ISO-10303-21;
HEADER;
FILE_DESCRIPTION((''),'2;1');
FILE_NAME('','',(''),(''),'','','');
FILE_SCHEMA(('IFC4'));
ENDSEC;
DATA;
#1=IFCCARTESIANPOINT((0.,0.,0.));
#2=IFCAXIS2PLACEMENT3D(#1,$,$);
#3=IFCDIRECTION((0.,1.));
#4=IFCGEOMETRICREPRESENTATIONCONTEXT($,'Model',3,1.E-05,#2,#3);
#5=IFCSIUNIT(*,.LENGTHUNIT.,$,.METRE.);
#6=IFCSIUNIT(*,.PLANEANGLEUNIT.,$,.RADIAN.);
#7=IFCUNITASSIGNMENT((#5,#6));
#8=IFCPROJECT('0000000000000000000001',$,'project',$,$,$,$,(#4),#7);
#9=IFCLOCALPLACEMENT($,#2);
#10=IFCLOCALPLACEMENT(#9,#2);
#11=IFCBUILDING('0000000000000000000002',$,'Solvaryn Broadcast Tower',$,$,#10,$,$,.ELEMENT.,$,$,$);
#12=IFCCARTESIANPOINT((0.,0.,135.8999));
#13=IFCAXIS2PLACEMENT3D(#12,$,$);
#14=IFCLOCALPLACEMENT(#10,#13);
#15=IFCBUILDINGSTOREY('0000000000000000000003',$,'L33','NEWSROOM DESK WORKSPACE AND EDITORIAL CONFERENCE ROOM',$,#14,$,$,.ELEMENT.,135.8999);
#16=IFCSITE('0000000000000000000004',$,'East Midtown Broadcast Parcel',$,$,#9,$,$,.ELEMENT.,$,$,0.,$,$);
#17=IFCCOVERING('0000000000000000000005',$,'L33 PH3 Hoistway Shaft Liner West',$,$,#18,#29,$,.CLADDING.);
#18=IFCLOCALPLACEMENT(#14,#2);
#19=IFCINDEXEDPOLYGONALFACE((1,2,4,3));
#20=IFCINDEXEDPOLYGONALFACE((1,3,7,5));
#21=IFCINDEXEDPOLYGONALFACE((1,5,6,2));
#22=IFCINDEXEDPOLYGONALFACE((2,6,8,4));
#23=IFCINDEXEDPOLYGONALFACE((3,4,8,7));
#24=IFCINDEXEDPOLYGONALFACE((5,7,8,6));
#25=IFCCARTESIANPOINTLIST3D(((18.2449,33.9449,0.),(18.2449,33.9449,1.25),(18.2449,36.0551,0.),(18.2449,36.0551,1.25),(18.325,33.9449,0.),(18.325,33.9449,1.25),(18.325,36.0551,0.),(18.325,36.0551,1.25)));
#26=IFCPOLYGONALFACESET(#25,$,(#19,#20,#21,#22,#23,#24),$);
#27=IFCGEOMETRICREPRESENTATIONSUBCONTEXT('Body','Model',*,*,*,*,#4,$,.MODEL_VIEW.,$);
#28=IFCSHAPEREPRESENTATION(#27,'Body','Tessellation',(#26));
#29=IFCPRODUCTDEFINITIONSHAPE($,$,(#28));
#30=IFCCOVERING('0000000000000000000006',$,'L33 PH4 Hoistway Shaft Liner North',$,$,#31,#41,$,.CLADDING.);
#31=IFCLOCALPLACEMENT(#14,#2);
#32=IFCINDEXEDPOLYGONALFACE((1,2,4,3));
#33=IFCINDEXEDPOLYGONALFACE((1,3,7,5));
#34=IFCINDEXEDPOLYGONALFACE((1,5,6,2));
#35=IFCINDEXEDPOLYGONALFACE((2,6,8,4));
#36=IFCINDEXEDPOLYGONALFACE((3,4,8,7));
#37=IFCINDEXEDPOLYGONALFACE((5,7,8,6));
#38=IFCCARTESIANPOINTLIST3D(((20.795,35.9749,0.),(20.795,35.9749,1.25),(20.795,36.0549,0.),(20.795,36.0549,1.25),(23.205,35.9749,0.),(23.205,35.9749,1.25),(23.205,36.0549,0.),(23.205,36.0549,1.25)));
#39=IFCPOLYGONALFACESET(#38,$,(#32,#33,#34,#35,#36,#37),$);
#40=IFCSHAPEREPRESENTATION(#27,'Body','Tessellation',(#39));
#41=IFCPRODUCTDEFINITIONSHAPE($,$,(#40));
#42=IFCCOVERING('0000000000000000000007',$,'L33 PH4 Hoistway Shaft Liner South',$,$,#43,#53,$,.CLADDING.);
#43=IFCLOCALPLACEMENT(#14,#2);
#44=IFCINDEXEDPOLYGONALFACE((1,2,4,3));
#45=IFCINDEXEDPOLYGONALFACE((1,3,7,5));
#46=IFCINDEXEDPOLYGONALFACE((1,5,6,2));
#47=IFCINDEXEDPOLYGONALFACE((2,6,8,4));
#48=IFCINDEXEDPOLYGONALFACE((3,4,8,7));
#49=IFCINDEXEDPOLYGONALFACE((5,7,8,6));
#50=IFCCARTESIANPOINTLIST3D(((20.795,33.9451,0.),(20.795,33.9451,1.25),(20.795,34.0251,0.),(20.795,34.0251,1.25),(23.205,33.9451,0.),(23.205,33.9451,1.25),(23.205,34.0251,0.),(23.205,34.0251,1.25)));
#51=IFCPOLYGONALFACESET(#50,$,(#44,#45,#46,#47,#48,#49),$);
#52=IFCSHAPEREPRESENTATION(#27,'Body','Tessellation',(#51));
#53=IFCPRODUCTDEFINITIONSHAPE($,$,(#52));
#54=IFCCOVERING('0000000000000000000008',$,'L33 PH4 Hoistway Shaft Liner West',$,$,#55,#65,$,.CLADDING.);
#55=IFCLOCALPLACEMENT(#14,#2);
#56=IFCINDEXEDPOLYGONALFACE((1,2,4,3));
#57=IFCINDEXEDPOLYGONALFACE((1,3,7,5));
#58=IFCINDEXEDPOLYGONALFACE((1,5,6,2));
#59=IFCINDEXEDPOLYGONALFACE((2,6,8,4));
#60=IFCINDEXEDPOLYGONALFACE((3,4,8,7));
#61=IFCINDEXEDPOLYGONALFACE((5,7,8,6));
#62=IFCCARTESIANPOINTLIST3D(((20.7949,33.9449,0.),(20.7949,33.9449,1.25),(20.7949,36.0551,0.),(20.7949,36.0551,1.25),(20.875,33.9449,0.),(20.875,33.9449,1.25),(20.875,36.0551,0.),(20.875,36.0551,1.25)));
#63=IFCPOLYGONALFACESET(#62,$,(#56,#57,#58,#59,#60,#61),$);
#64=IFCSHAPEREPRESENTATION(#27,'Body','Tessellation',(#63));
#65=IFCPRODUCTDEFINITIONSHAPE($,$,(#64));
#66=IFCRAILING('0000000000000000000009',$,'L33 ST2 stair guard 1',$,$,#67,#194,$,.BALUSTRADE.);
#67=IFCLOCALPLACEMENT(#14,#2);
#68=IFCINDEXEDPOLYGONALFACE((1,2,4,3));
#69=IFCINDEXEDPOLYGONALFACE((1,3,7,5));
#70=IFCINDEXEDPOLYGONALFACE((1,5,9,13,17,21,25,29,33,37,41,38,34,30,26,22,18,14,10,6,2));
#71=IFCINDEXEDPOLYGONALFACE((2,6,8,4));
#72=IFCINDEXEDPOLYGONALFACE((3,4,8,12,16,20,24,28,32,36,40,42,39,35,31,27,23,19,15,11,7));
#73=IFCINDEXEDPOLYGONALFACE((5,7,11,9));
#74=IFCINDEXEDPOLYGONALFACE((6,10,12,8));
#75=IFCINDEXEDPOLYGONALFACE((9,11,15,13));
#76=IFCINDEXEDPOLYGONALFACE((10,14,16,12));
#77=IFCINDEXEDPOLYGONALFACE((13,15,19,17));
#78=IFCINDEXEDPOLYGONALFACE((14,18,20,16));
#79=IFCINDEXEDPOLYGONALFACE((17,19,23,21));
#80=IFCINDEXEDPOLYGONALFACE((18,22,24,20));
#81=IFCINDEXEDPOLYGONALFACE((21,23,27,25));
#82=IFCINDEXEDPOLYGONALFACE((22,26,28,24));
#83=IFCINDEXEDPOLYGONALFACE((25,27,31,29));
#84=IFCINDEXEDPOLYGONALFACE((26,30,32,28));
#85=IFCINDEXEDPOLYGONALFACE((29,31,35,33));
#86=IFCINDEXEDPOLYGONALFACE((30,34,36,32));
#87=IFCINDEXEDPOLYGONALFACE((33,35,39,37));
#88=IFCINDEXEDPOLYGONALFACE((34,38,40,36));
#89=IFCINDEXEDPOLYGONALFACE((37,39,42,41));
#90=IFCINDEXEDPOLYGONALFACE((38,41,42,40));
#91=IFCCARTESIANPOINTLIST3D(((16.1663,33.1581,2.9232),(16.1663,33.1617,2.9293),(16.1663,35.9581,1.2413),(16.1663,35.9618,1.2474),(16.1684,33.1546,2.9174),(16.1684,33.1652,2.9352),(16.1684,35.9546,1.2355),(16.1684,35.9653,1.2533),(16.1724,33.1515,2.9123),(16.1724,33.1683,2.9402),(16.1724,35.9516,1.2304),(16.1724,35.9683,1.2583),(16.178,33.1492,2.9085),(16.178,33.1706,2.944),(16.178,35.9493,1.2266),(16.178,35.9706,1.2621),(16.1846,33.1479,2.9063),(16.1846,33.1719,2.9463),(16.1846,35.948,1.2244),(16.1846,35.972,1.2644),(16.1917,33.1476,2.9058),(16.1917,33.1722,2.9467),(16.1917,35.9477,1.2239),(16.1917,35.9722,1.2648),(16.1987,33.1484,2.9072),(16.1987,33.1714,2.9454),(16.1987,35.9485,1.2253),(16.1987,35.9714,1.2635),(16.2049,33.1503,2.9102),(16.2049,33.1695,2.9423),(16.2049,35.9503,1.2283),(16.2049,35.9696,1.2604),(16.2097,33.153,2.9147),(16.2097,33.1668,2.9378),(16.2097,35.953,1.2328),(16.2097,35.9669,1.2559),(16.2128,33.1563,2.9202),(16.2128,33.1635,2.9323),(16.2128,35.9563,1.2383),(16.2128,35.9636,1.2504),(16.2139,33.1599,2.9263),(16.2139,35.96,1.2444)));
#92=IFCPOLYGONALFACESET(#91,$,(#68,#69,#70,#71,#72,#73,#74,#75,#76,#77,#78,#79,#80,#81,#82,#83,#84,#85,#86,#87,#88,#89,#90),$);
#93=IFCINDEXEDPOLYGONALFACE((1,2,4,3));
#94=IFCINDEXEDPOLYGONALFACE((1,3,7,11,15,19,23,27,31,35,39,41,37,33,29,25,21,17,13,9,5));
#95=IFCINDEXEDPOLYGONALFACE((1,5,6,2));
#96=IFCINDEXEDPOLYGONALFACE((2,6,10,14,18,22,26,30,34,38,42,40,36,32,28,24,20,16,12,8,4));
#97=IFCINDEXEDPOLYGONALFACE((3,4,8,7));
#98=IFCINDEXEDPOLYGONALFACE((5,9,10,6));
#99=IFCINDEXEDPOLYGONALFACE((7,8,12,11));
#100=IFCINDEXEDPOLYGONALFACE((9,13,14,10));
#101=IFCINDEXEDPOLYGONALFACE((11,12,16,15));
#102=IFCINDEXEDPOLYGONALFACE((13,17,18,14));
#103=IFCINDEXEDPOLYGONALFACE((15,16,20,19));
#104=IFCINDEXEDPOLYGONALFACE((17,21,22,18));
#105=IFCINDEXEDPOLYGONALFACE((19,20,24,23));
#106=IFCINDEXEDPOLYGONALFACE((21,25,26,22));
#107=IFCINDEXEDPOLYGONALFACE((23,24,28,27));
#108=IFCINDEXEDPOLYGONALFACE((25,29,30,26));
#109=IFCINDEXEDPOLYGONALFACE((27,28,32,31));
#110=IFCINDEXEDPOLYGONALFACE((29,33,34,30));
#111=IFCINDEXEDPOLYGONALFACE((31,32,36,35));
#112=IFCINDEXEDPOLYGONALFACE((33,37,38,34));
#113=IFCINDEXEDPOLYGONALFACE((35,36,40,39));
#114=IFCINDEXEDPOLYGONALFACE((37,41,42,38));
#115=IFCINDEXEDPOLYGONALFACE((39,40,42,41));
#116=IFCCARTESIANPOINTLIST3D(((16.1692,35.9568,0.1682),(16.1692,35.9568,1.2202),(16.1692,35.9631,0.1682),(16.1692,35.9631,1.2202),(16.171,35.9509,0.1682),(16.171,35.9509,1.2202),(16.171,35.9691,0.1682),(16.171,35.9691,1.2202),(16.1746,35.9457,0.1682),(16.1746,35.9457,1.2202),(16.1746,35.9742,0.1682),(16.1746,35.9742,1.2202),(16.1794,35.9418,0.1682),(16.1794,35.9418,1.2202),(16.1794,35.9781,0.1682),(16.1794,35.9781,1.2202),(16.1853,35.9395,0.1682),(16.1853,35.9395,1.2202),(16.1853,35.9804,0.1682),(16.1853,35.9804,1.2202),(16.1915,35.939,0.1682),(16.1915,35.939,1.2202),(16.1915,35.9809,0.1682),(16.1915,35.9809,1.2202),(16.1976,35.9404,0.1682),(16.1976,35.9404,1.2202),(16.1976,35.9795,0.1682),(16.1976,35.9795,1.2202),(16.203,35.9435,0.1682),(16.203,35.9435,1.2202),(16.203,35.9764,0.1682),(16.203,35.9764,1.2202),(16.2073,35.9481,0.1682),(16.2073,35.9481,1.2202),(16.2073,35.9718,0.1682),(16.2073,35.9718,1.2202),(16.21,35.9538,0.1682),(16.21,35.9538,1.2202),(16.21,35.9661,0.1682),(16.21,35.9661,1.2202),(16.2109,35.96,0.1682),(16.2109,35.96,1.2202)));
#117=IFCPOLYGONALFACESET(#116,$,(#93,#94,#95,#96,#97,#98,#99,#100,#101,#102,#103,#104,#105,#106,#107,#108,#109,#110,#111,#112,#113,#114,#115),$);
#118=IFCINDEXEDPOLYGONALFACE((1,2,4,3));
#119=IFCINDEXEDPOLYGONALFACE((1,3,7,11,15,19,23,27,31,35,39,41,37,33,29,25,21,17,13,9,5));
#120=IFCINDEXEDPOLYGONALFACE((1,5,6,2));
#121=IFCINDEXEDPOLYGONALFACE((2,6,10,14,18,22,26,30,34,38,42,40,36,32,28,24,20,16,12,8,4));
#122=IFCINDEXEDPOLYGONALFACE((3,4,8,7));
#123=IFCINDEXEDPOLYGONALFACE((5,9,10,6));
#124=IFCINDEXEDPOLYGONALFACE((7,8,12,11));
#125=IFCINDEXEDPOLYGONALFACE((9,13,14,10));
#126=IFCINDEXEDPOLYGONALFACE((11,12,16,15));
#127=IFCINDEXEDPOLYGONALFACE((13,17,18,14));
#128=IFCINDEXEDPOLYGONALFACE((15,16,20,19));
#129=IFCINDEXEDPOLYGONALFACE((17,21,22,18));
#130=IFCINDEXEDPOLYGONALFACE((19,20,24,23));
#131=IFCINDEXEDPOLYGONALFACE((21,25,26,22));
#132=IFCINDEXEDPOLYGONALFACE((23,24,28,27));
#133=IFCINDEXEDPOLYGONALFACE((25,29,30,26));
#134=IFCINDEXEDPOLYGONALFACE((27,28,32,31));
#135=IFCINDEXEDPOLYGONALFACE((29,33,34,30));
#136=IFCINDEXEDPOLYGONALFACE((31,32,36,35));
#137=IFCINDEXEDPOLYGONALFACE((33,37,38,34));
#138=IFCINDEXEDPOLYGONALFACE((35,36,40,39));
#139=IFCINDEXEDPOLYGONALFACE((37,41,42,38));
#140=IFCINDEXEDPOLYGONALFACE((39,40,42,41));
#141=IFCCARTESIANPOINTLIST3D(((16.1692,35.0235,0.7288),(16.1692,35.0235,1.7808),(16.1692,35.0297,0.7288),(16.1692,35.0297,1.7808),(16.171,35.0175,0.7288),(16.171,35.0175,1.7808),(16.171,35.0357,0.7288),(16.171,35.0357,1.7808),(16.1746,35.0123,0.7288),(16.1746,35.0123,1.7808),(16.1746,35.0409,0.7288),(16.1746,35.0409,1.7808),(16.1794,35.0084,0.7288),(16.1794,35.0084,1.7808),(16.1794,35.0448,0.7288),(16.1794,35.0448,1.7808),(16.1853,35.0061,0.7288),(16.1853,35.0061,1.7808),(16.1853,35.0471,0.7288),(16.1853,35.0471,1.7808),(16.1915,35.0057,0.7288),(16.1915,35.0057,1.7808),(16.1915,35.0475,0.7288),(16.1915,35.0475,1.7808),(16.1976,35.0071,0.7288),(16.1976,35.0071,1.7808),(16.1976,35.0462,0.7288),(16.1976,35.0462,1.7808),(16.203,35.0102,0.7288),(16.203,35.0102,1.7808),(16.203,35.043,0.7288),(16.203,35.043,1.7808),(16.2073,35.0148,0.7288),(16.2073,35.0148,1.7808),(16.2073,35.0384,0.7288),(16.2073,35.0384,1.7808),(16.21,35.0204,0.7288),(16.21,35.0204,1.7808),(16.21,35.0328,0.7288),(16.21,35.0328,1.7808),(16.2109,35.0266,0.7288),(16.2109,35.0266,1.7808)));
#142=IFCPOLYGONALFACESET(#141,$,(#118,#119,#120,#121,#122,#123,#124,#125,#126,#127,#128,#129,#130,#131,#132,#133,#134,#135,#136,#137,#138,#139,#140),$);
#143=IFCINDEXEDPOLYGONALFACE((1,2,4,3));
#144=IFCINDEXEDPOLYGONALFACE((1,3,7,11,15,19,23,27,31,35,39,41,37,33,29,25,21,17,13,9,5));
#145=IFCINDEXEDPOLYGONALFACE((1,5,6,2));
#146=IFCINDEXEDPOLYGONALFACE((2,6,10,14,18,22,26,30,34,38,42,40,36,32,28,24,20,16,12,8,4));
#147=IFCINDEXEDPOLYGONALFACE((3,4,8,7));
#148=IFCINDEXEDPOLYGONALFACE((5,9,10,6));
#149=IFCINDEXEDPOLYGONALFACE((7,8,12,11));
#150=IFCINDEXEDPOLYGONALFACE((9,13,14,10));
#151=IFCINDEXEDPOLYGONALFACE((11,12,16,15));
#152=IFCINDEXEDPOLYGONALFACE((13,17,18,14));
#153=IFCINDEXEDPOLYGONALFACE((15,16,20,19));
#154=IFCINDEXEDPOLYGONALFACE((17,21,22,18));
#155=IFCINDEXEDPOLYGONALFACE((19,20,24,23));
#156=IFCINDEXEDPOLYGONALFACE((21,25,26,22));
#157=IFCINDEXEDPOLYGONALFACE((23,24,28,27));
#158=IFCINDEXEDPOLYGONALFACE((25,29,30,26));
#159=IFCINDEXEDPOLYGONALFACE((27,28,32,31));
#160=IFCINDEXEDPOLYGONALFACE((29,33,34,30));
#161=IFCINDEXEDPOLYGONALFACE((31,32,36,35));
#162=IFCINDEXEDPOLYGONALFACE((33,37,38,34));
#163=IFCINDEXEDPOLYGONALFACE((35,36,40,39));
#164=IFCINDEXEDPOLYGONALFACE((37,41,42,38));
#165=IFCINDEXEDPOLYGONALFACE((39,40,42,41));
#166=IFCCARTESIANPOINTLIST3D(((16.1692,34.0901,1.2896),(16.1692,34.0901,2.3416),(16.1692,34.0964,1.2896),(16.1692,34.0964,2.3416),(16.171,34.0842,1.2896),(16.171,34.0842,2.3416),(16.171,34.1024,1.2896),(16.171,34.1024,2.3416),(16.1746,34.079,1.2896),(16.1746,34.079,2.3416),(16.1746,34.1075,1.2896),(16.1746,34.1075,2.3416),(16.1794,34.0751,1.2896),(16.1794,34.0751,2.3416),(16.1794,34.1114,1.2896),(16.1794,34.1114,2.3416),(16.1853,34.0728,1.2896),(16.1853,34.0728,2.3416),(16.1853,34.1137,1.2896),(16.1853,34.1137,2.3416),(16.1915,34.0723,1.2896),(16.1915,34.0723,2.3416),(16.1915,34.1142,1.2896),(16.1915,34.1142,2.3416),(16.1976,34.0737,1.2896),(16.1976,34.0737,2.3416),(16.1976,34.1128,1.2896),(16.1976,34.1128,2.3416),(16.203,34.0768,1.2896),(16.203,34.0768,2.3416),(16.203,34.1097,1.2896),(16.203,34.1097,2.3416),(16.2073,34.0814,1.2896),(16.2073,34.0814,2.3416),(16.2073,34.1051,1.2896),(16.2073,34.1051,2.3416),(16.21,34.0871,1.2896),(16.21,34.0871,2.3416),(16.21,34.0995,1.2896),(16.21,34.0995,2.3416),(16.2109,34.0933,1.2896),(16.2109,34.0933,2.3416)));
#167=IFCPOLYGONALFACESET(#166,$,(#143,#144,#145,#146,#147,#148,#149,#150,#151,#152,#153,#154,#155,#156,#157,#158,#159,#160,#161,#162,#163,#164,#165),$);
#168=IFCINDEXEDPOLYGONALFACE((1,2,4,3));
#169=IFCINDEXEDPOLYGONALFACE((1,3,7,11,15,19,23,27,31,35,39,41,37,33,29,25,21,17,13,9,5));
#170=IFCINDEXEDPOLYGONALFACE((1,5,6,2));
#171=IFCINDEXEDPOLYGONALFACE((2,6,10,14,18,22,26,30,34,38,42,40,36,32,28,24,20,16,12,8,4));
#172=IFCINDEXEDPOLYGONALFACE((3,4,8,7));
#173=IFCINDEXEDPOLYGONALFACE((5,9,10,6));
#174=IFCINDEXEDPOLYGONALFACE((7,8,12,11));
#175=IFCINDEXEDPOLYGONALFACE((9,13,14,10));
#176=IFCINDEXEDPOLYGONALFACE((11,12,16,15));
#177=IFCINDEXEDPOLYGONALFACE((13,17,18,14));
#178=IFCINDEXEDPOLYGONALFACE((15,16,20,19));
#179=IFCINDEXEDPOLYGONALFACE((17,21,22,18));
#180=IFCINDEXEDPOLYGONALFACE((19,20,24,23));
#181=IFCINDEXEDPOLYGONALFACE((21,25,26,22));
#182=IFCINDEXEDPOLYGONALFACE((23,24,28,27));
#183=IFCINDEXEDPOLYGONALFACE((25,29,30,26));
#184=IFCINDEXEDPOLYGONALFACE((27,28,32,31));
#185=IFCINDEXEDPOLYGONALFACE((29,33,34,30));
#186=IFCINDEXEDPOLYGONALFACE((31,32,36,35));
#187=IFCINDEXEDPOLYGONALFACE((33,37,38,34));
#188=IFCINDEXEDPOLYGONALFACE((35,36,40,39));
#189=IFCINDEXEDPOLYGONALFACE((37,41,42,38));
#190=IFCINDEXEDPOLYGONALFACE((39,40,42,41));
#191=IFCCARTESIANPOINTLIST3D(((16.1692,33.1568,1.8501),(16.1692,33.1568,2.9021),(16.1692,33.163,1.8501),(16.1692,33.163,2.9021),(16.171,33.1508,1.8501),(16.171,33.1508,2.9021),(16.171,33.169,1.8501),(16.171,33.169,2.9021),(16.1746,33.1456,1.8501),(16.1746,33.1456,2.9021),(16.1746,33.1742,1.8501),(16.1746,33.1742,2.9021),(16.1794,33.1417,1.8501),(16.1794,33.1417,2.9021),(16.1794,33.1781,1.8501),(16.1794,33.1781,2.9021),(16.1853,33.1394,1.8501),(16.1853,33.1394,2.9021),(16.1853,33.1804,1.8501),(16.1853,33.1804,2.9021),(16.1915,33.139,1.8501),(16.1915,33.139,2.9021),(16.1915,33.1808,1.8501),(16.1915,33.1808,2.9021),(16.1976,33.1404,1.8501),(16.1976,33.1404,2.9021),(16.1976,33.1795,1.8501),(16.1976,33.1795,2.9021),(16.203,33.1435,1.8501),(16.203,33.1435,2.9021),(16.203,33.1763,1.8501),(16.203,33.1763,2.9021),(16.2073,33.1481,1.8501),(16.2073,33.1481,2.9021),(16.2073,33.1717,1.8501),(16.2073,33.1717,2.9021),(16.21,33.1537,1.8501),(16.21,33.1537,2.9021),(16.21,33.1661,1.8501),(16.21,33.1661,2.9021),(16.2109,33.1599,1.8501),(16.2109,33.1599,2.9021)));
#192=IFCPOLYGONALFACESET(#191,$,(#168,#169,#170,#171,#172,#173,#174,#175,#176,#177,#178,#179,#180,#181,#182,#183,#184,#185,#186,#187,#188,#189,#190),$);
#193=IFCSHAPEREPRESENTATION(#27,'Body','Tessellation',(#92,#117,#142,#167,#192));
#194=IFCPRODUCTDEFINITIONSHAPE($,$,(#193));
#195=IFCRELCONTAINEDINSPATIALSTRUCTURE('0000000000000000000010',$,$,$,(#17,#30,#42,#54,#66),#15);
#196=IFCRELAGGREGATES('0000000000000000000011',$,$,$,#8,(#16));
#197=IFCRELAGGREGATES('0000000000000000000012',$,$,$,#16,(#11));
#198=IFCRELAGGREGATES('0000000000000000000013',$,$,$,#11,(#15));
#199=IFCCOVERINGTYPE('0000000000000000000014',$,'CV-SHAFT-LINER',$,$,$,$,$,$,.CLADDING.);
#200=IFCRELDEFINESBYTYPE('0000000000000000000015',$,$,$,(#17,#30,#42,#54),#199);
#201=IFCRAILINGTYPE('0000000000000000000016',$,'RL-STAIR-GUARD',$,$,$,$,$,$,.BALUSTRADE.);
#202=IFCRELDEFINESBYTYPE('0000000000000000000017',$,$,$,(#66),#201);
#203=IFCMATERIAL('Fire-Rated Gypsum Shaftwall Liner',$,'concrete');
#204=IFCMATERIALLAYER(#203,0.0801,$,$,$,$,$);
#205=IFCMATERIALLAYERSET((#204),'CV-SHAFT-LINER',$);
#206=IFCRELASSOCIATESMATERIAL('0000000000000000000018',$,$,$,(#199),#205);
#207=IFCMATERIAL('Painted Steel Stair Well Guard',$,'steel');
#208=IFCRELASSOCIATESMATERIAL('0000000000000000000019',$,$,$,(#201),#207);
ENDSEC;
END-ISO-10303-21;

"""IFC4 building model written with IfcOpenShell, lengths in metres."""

from ifc_helpers import new_model, si_unit, direction, frame, origin, origin_2d, place, context, subcontext, project, spatial, rectangle, circle, extrude, material, layer, layer_set, type_object, element, save


model = new_model("IFC4")

# Units and contexts
model_context = context("Model", 3, precision=1e-05, world=origin(), true_north=direction((0.0, 1.0)))
body_context = subcontext(model_context, "Body", "Model", "MODEL_VIEW")
ifc_project = project(units=[si_unit("LENGTHUNIT", "METRE"), si_unit("PLANEANGLEUNIT", "RADIAN")], contexts=[model_context])

# Site, building, storey
site_placement = place(None, origin())
site = spatial("IfcSite", under=ifc_project, at=site_placement, Name="East Midtown Broadcast Parcel", CompositionType="ELEMENT", RefElevation=0.0)
building_placement = place(site_placement, origin())
building = spatial("IfcBuilding", under=site, at=building_placement, Name="Solvaryn Broadcast Tower", CompositionType="ELEMENT")
storey_placement = place(building_placement, frame((0.0, 0.0, 135.8999)))
storey = spatial("IfcBuildingStorey", under=building, at=storey_placement, Name="L33", Description="NEWSROOM DESK WORKSPACE AND EDITORIAL CONFERENCE ROOM", CompositionType="ELEMENT", Elevation=135.8999)

# Coverings
ifc_material_1 = material(Name="Fire-Rated Gypsum Shaftwall Liner", Category="concrete")
ifc_layer_1 = layer(ifc_material_1, 0.0801)
ifc_layer_set_1 = layer_set([ifc_layer_1], Name="CV-SHAFT-LINER")
covering_type = type_object("IfcCoveringType", Name="CV-SHAFT-LINER", PredefinedType="CLADDING", material=ifc_layer_set_1)
for number, where, z_axis, x_axis, name in (
    (1, (18.2849, 35.0, 0.0), (0.0, 0.0, 1.0), (1.0, 0.0, 0.0), "L33 PH3 Hoistway Shaft Liner West"),
):
    element("IfcCovering", number, at=place(storey_placement, frame(where, z_axis=z_axis, x_axis=x_axis)), inside=storey, type_object=covering_type, Name=name, PredefinedType="CLADDING", context=body_context, shape_type="SweptSolid", body=[
        extrude(rectangle(XDim=0.0801, YDim=2.1101, at=origin_2d()), origin(), (0.0, 0.0, 1.0), 1.25),
    ])
for number, where, z_axis, x_axis, name in (
    (2, (22.0, 36.0149, 0.0), (0.0, 0.0, 1.0), (1.0, 0.0, 0.0), "L33 PH4 Hoistway Shaft Liner North"),
    (3, (22.0, 33.9851, 0.0), (0.0, 0.0, 1.0), (1.0, 0.0, 0.0), "L33 PH4 Hoistway Shaft Liner South"),
):
    element("IfcCovering", number, at=place(storey_placement, frame(where, z_axis=z_axis, x_axis=x_axis)), inside=storey, type_object=covering_type, Name=name, PredefinedType="CLADDING", context=body_context, shape_type="SweptSolid", body=[
        extrude(rectangle(XDim=2.4099, YDim=0.0801, at=origin_2d()), origin(), (0.0, 0.0, 1.0), 1.25),
    ])
covering_1_placement = place(storey_placement, frame((20.835, 35.0, 0.0), z_axis=(0.0, 0.0, 1.0), x_axis=(1.0, 0.0, 0.0)))
element("IfcCovering", 4, at=covering_1_placement, inside=storey, type_object=covering_type, Name="L33 PH4 Hoistway Shaft Liner West", PredefinedType="CLADDING", context=body_context, shape_type="SweptSolid", body=[
    extrude(rectangle(XDim=0.0801, YDim=2.1101, at=origin_2d()), origin(), (0.0, 0.0, 1.0), 1.25),
])

# Railing
ifc_material_2 = material(Name="Painted Steel Stair Well Guard", Category="steel")
railing_type_1 = type_object("IfcRailingType", Name="RL-STAIR-GUARD", PredefinedType="BALUSTRADE", material=ifc_material_2)
railing_1_placement = place(storey_placement, frame((16.1899, 35.96, 0.1682)))
element("IfcRailing", 5, at=railing_1_placement, inside=storey, type_object=railing_type_1, Name="L33 ST2 stair guard 1", PredefinedType="BALUSTRADE", context=body_context, shape_type="SweptSolid", body=[
    extrude(circle(Radius=0.0239, at=origin_2d()), frame((0.0, 0.0, 1.0762), z_axis=(0.0, -0.857242, 0.514913), x_axis=(1.0, 0.0, 0.0)), (0.0, 0.0, 1.0), 3.2664),
    extrude(circle(Radius=0.021, at=origin_2d()), origin(), (0.0, 0.0, 1.0), 1.052),
    extrude(circle(Radius=0.021, at=origin_2d()), frame((0.0, -0.9333, 0.5605)), (0.0, 0.0, 1.0), 1.052),
    extrude(circle(Radius=0.021, at=origin_2d()), frame((0.0, -1.8667, 1.1213)), (0.0, 0.0, 1.0), 1.052),
    extrude(circle(Radius=0.021, at=origin_2d()), frame((0.0, -2.8, 1.6819)), (0.0, 0.0, 1.0), 1.052),
])

save(model, "model.ifc")
